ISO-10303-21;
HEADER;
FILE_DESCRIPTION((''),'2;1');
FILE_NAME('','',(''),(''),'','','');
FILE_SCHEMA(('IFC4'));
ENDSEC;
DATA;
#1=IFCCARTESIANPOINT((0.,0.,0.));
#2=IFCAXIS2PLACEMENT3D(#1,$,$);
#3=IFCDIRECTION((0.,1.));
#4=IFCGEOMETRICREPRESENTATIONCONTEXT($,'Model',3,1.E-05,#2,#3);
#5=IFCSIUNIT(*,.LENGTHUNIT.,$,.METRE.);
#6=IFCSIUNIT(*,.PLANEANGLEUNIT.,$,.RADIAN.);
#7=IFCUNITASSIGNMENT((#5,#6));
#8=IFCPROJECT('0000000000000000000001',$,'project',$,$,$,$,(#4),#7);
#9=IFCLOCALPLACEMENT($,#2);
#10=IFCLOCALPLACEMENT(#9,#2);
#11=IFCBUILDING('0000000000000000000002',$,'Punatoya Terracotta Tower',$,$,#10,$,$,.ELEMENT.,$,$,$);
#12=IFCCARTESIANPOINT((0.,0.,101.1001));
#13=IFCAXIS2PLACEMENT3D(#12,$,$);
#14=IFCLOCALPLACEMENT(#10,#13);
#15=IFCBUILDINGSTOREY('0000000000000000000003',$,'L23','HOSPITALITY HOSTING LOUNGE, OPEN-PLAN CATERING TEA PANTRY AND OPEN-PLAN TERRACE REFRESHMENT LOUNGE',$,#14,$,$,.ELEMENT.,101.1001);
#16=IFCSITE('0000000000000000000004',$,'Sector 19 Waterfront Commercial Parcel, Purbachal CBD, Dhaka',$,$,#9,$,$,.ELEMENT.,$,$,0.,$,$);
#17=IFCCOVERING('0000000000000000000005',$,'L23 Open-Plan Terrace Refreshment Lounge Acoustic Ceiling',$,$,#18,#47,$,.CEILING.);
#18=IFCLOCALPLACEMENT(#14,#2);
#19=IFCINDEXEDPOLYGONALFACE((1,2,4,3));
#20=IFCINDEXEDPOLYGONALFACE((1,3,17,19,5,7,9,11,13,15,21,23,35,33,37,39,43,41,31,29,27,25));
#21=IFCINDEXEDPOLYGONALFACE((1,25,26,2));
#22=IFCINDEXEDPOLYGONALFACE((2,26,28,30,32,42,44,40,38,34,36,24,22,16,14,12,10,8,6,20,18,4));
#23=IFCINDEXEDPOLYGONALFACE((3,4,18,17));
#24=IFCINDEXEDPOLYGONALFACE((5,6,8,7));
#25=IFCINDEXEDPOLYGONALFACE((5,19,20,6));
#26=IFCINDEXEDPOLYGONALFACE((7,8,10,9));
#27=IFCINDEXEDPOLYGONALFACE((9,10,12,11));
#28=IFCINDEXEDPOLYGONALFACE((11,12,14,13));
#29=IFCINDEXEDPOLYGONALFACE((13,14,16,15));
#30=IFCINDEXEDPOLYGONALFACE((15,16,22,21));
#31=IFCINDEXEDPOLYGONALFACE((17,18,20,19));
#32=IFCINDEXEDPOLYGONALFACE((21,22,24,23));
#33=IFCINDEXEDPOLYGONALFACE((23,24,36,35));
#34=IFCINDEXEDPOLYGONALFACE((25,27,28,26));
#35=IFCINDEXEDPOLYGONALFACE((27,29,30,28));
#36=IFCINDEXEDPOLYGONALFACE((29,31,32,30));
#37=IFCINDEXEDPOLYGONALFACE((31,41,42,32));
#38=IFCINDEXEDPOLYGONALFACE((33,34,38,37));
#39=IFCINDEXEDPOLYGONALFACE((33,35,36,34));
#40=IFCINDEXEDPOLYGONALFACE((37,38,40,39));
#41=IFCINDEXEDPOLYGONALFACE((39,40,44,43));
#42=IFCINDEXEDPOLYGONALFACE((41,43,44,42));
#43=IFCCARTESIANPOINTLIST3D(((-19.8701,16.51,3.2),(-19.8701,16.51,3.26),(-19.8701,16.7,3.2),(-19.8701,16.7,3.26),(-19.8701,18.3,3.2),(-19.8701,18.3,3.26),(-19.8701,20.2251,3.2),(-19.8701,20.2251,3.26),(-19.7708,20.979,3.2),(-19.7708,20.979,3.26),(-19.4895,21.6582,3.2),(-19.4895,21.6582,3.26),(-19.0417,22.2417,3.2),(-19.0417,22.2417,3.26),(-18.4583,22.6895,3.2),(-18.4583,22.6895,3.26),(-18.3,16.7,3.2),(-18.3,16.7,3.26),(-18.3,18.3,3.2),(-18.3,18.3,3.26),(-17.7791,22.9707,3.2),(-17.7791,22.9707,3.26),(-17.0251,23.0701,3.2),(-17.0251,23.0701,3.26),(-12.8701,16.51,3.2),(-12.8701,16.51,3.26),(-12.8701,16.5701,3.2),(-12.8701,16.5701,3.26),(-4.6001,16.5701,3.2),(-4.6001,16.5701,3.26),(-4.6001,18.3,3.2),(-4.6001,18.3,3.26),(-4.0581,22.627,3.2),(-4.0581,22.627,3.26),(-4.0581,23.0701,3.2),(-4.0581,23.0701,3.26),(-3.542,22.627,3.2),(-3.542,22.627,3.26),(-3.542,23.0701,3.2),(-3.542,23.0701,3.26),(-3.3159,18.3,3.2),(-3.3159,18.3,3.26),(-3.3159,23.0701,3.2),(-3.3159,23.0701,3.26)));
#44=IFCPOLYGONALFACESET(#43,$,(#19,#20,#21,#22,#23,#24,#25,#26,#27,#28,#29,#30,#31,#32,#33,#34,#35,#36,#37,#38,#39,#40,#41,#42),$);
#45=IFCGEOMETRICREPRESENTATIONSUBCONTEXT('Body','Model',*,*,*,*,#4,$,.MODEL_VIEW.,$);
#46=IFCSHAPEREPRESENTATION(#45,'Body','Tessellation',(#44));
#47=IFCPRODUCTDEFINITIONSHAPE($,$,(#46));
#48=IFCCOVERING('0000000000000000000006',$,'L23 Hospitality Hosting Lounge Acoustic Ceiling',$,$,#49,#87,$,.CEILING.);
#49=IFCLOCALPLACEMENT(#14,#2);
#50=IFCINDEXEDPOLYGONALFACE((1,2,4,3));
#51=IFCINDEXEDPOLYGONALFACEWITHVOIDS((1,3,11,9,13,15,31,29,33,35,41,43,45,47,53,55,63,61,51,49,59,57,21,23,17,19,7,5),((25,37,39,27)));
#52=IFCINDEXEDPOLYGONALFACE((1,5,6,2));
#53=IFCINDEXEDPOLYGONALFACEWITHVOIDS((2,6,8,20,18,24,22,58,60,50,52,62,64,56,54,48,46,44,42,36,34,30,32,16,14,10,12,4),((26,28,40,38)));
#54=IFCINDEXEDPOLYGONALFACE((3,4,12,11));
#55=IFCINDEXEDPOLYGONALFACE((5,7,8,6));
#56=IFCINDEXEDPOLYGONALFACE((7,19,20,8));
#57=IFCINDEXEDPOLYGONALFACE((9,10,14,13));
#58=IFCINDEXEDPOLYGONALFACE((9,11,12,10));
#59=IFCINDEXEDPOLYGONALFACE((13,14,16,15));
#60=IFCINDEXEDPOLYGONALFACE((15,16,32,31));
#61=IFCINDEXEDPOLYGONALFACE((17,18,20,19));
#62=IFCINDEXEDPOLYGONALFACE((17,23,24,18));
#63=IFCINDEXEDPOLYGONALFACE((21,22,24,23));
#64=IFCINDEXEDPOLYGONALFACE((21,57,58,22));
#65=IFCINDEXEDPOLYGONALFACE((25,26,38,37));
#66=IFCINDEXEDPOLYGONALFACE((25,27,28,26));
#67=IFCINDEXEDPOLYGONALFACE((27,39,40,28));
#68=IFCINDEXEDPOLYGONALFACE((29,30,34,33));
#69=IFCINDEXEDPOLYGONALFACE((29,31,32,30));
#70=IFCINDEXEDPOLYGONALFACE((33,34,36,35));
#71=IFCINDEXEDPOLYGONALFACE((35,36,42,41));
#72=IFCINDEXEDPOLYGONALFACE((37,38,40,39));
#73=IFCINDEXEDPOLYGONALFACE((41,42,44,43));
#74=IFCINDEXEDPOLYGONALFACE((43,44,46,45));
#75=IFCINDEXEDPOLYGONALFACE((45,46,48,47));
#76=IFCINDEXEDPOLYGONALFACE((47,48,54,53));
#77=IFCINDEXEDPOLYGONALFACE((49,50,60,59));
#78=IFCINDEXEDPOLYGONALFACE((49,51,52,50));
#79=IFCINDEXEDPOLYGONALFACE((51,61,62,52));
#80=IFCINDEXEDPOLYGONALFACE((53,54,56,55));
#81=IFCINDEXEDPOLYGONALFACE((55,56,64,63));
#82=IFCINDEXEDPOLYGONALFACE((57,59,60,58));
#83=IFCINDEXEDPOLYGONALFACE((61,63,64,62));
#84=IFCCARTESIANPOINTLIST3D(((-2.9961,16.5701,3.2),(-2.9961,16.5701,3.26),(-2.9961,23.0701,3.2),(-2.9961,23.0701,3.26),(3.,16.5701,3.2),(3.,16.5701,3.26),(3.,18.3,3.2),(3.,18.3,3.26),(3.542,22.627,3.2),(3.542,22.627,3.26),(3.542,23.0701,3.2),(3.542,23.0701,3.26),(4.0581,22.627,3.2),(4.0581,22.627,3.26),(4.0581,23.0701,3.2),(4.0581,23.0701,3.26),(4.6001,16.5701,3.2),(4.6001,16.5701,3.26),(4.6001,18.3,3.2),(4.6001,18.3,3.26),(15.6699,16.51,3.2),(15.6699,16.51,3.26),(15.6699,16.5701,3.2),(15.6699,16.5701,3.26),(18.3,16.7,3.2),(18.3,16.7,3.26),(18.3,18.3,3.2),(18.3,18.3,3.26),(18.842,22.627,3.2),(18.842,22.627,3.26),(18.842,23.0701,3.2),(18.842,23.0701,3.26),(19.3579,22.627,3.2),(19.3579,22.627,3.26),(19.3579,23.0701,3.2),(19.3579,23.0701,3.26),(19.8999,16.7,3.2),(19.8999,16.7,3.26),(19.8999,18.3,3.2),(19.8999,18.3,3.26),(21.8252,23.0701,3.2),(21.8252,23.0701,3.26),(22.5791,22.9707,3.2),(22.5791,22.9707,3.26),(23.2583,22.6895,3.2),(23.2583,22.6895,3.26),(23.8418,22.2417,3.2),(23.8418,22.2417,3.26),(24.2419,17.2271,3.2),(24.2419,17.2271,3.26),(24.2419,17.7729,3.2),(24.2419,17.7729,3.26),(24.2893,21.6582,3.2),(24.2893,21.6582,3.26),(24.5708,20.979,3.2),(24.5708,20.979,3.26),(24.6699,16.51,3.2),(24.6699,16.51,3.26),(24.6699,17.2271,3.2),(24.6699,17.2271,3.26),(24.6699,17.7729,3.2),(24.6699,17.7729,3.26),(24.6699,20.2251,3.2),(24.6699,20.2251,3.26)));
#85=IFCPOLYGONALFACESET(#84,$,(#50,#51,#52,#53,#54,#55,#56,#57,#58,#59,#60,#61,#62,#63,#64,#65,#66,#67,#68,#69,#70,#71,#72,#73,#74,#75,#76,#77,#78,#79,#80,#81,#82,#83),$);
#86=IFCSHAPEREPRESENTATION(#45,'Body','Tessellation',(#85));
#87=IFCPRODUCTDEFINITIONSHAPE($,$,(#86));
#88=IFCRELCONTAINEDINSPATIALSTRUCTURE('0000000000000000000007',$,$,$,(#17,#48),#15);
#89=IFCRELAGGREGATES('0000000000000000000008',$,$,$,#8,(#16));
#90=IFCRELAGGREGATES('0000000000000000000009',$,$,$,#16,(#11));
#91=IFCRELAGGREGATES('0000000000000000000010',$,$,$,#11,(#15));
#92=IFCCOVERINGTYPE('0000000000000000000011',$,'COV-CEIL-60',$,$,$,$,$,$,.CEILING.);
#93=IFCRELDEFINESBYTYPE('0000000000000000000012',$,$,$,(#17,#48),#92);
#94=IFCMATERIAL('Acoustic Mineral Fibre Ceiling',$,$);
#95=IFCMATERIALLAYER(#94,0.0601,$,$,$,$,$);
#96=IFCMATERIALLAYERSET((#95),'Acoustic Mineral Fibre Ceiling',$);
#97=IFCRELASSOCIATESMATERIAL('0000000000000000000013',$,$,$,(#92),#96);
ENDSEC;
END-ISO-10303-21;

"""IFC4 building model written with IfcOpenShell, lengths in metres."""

from ifc_helpers import new_model, si_unit, direction, frame, origin, place, context, subcontext, project, spatial, polyline, outline, extrude, material, layer, layer_set, type_object, element, save


model = new_model("IFC4")

# Units and contexts
model_context = context("Model", 3, precision=1e-05, world=origin(), true_north=direction((0.0, 1.0)))
body_context = subcontext(model_context, "Body", "Model", "MODEL_VIEW")
ifc_project = project(units=[si_unit("LENGTHUNIT", "METRE"), si_unit("PLANEANGLEUNIT", "RADIAN")], contexts=[model_context])

# Site, building, storey
site_placement = place(None, origin())
site = spatial("IfcSite", under=ifc_project, at=site_placement, Name="Sector 19 Waterfront Commercial Parcel, Purbachal CBD, Dhaka", CompositionType="ELEMENT", RefElevation=0.0)
building_placement = place(site_placement, origin())
building = spatial("IfcBuilding", under=site, at=building_placement, Name="Punatoya Terracotta Tower", CompositionType="ELEMENT")
storey_placement = place(building_placement, frame((0.0, 0.0, 101.1001)))
storey = spatial("IfcBuildingStorey", under=building, at=storey_placement, Name="L23", Description="HOSPITALITY HOSTING LOUNGE, OPEN-PLAN CATERING TEA PANTRY AND OPEN-PLAN TERRACE REFRESHMENT LOUNGE", CompositionType="ELEMENT", Elevation=101.1001)

# Coverings
ifc_material_1 = material(Name="Acoustic Mineral Fibre Ceiling")
ifc_layer_1 = layer(ifc_material_1, 0.0601)
ifc_layer_set_1 = layer_set([ifc_layer_1], Name="Acoustic Mineral Fibre Ceiling")
covering_type = type_object("IfcCoveringType", Name="COV-CEIL-60", PredefinedType="CEILING", material=ifc_layer_set_1)
covering_1_placement = place(storey_placement, frame((0.0, 0.0, 3.2)))
element("IfcCovering", 1, at=covering_1_placement, inside=storey, type_object=covering_type, Name="L23 Open-Plan Terrace Refreshment Lounge Acoustic Ceiling", PredefinedType="CEILING", context=body_context, shape_type="SweptSolid", body=[
    extrude(outline(polyline([(-17.7791, 22.9707), (-18.4583, 22.6895), (-19.0417, 22.2417), (-19.4895, 21.6582), (-19.7708, 20.979), (-19.8701, 20.2251), (-19.8701, 18.3), (-18.3, 18.3), (-18.3, 16.7), (-19.8701, 16.7), (-19.8701, 16.51), (-12.8701, 16.51), (-12.8701, 16.5701), (-4.6001, 16.5701), (-4.6001, 18.3), (-3.3159, 18.3), (-3.3159, 23.0701), (-3.542, 23.0701), (-3.542, 22.627), (-4.0581, 22.627), (-4.0581, 23.0701), (-17.0251, 23.0701), (-17.7791, 22.9707)])), origin(), (0.0, 0.0, 1.0), 0.0601),
])
covering_2_placement = place(storey_placement, frame((0.0, 0.0, 3.2)))
element("IfcCovering", 2, at=covering_2_placement, inside=storey, type_object=covering_type, Name="L23 Hospitality Hosting Lounge Acoustic Ceiling", PredefinedType="CEILING", context=body_context, shape_type="SweptSolid", body=[
    extrude(outline(polyline([(3.0, 16.5701), (3.0, 18.3), (4.6001, 18.3), (4.6001, 16.5701), (15.6699, 16.5701), (15.6699, 16.51), (24.6699, 16.51), (24.6699, 17.2271), (24.2419, 17.2271), (24.2419, 17.7729), (24.6699, 17.7729), (24.6699, 20.2251), (24.5708, 20.979), (24.2893, 21.6582), (23.8418, 22.2417), (23.2583, 22.6895), (22.5791, 22.9707), (21.8252, 23.0701), (19.3579, 23.0701), (19.3579, 22.627), (18.842, 22.627), (18.842, 23.0701), (4.0581, 23.0701), (4.0581, 22.627), (3.542, 22.627), (3.542, 23.0701), (-2.9961, 23.0701), (-2.9961, 16.5701), (3.0, 16.5701)]), holes=[polyline([(19.8999, 18.3), (19.8999, 16.7), (18.3, 16.7), (18.3, 18.3), (19.8999, 18.3)])]), origin(), (0.0, 0.0, 1.0), 0.0601),
])

save(model, "model.ifc")
